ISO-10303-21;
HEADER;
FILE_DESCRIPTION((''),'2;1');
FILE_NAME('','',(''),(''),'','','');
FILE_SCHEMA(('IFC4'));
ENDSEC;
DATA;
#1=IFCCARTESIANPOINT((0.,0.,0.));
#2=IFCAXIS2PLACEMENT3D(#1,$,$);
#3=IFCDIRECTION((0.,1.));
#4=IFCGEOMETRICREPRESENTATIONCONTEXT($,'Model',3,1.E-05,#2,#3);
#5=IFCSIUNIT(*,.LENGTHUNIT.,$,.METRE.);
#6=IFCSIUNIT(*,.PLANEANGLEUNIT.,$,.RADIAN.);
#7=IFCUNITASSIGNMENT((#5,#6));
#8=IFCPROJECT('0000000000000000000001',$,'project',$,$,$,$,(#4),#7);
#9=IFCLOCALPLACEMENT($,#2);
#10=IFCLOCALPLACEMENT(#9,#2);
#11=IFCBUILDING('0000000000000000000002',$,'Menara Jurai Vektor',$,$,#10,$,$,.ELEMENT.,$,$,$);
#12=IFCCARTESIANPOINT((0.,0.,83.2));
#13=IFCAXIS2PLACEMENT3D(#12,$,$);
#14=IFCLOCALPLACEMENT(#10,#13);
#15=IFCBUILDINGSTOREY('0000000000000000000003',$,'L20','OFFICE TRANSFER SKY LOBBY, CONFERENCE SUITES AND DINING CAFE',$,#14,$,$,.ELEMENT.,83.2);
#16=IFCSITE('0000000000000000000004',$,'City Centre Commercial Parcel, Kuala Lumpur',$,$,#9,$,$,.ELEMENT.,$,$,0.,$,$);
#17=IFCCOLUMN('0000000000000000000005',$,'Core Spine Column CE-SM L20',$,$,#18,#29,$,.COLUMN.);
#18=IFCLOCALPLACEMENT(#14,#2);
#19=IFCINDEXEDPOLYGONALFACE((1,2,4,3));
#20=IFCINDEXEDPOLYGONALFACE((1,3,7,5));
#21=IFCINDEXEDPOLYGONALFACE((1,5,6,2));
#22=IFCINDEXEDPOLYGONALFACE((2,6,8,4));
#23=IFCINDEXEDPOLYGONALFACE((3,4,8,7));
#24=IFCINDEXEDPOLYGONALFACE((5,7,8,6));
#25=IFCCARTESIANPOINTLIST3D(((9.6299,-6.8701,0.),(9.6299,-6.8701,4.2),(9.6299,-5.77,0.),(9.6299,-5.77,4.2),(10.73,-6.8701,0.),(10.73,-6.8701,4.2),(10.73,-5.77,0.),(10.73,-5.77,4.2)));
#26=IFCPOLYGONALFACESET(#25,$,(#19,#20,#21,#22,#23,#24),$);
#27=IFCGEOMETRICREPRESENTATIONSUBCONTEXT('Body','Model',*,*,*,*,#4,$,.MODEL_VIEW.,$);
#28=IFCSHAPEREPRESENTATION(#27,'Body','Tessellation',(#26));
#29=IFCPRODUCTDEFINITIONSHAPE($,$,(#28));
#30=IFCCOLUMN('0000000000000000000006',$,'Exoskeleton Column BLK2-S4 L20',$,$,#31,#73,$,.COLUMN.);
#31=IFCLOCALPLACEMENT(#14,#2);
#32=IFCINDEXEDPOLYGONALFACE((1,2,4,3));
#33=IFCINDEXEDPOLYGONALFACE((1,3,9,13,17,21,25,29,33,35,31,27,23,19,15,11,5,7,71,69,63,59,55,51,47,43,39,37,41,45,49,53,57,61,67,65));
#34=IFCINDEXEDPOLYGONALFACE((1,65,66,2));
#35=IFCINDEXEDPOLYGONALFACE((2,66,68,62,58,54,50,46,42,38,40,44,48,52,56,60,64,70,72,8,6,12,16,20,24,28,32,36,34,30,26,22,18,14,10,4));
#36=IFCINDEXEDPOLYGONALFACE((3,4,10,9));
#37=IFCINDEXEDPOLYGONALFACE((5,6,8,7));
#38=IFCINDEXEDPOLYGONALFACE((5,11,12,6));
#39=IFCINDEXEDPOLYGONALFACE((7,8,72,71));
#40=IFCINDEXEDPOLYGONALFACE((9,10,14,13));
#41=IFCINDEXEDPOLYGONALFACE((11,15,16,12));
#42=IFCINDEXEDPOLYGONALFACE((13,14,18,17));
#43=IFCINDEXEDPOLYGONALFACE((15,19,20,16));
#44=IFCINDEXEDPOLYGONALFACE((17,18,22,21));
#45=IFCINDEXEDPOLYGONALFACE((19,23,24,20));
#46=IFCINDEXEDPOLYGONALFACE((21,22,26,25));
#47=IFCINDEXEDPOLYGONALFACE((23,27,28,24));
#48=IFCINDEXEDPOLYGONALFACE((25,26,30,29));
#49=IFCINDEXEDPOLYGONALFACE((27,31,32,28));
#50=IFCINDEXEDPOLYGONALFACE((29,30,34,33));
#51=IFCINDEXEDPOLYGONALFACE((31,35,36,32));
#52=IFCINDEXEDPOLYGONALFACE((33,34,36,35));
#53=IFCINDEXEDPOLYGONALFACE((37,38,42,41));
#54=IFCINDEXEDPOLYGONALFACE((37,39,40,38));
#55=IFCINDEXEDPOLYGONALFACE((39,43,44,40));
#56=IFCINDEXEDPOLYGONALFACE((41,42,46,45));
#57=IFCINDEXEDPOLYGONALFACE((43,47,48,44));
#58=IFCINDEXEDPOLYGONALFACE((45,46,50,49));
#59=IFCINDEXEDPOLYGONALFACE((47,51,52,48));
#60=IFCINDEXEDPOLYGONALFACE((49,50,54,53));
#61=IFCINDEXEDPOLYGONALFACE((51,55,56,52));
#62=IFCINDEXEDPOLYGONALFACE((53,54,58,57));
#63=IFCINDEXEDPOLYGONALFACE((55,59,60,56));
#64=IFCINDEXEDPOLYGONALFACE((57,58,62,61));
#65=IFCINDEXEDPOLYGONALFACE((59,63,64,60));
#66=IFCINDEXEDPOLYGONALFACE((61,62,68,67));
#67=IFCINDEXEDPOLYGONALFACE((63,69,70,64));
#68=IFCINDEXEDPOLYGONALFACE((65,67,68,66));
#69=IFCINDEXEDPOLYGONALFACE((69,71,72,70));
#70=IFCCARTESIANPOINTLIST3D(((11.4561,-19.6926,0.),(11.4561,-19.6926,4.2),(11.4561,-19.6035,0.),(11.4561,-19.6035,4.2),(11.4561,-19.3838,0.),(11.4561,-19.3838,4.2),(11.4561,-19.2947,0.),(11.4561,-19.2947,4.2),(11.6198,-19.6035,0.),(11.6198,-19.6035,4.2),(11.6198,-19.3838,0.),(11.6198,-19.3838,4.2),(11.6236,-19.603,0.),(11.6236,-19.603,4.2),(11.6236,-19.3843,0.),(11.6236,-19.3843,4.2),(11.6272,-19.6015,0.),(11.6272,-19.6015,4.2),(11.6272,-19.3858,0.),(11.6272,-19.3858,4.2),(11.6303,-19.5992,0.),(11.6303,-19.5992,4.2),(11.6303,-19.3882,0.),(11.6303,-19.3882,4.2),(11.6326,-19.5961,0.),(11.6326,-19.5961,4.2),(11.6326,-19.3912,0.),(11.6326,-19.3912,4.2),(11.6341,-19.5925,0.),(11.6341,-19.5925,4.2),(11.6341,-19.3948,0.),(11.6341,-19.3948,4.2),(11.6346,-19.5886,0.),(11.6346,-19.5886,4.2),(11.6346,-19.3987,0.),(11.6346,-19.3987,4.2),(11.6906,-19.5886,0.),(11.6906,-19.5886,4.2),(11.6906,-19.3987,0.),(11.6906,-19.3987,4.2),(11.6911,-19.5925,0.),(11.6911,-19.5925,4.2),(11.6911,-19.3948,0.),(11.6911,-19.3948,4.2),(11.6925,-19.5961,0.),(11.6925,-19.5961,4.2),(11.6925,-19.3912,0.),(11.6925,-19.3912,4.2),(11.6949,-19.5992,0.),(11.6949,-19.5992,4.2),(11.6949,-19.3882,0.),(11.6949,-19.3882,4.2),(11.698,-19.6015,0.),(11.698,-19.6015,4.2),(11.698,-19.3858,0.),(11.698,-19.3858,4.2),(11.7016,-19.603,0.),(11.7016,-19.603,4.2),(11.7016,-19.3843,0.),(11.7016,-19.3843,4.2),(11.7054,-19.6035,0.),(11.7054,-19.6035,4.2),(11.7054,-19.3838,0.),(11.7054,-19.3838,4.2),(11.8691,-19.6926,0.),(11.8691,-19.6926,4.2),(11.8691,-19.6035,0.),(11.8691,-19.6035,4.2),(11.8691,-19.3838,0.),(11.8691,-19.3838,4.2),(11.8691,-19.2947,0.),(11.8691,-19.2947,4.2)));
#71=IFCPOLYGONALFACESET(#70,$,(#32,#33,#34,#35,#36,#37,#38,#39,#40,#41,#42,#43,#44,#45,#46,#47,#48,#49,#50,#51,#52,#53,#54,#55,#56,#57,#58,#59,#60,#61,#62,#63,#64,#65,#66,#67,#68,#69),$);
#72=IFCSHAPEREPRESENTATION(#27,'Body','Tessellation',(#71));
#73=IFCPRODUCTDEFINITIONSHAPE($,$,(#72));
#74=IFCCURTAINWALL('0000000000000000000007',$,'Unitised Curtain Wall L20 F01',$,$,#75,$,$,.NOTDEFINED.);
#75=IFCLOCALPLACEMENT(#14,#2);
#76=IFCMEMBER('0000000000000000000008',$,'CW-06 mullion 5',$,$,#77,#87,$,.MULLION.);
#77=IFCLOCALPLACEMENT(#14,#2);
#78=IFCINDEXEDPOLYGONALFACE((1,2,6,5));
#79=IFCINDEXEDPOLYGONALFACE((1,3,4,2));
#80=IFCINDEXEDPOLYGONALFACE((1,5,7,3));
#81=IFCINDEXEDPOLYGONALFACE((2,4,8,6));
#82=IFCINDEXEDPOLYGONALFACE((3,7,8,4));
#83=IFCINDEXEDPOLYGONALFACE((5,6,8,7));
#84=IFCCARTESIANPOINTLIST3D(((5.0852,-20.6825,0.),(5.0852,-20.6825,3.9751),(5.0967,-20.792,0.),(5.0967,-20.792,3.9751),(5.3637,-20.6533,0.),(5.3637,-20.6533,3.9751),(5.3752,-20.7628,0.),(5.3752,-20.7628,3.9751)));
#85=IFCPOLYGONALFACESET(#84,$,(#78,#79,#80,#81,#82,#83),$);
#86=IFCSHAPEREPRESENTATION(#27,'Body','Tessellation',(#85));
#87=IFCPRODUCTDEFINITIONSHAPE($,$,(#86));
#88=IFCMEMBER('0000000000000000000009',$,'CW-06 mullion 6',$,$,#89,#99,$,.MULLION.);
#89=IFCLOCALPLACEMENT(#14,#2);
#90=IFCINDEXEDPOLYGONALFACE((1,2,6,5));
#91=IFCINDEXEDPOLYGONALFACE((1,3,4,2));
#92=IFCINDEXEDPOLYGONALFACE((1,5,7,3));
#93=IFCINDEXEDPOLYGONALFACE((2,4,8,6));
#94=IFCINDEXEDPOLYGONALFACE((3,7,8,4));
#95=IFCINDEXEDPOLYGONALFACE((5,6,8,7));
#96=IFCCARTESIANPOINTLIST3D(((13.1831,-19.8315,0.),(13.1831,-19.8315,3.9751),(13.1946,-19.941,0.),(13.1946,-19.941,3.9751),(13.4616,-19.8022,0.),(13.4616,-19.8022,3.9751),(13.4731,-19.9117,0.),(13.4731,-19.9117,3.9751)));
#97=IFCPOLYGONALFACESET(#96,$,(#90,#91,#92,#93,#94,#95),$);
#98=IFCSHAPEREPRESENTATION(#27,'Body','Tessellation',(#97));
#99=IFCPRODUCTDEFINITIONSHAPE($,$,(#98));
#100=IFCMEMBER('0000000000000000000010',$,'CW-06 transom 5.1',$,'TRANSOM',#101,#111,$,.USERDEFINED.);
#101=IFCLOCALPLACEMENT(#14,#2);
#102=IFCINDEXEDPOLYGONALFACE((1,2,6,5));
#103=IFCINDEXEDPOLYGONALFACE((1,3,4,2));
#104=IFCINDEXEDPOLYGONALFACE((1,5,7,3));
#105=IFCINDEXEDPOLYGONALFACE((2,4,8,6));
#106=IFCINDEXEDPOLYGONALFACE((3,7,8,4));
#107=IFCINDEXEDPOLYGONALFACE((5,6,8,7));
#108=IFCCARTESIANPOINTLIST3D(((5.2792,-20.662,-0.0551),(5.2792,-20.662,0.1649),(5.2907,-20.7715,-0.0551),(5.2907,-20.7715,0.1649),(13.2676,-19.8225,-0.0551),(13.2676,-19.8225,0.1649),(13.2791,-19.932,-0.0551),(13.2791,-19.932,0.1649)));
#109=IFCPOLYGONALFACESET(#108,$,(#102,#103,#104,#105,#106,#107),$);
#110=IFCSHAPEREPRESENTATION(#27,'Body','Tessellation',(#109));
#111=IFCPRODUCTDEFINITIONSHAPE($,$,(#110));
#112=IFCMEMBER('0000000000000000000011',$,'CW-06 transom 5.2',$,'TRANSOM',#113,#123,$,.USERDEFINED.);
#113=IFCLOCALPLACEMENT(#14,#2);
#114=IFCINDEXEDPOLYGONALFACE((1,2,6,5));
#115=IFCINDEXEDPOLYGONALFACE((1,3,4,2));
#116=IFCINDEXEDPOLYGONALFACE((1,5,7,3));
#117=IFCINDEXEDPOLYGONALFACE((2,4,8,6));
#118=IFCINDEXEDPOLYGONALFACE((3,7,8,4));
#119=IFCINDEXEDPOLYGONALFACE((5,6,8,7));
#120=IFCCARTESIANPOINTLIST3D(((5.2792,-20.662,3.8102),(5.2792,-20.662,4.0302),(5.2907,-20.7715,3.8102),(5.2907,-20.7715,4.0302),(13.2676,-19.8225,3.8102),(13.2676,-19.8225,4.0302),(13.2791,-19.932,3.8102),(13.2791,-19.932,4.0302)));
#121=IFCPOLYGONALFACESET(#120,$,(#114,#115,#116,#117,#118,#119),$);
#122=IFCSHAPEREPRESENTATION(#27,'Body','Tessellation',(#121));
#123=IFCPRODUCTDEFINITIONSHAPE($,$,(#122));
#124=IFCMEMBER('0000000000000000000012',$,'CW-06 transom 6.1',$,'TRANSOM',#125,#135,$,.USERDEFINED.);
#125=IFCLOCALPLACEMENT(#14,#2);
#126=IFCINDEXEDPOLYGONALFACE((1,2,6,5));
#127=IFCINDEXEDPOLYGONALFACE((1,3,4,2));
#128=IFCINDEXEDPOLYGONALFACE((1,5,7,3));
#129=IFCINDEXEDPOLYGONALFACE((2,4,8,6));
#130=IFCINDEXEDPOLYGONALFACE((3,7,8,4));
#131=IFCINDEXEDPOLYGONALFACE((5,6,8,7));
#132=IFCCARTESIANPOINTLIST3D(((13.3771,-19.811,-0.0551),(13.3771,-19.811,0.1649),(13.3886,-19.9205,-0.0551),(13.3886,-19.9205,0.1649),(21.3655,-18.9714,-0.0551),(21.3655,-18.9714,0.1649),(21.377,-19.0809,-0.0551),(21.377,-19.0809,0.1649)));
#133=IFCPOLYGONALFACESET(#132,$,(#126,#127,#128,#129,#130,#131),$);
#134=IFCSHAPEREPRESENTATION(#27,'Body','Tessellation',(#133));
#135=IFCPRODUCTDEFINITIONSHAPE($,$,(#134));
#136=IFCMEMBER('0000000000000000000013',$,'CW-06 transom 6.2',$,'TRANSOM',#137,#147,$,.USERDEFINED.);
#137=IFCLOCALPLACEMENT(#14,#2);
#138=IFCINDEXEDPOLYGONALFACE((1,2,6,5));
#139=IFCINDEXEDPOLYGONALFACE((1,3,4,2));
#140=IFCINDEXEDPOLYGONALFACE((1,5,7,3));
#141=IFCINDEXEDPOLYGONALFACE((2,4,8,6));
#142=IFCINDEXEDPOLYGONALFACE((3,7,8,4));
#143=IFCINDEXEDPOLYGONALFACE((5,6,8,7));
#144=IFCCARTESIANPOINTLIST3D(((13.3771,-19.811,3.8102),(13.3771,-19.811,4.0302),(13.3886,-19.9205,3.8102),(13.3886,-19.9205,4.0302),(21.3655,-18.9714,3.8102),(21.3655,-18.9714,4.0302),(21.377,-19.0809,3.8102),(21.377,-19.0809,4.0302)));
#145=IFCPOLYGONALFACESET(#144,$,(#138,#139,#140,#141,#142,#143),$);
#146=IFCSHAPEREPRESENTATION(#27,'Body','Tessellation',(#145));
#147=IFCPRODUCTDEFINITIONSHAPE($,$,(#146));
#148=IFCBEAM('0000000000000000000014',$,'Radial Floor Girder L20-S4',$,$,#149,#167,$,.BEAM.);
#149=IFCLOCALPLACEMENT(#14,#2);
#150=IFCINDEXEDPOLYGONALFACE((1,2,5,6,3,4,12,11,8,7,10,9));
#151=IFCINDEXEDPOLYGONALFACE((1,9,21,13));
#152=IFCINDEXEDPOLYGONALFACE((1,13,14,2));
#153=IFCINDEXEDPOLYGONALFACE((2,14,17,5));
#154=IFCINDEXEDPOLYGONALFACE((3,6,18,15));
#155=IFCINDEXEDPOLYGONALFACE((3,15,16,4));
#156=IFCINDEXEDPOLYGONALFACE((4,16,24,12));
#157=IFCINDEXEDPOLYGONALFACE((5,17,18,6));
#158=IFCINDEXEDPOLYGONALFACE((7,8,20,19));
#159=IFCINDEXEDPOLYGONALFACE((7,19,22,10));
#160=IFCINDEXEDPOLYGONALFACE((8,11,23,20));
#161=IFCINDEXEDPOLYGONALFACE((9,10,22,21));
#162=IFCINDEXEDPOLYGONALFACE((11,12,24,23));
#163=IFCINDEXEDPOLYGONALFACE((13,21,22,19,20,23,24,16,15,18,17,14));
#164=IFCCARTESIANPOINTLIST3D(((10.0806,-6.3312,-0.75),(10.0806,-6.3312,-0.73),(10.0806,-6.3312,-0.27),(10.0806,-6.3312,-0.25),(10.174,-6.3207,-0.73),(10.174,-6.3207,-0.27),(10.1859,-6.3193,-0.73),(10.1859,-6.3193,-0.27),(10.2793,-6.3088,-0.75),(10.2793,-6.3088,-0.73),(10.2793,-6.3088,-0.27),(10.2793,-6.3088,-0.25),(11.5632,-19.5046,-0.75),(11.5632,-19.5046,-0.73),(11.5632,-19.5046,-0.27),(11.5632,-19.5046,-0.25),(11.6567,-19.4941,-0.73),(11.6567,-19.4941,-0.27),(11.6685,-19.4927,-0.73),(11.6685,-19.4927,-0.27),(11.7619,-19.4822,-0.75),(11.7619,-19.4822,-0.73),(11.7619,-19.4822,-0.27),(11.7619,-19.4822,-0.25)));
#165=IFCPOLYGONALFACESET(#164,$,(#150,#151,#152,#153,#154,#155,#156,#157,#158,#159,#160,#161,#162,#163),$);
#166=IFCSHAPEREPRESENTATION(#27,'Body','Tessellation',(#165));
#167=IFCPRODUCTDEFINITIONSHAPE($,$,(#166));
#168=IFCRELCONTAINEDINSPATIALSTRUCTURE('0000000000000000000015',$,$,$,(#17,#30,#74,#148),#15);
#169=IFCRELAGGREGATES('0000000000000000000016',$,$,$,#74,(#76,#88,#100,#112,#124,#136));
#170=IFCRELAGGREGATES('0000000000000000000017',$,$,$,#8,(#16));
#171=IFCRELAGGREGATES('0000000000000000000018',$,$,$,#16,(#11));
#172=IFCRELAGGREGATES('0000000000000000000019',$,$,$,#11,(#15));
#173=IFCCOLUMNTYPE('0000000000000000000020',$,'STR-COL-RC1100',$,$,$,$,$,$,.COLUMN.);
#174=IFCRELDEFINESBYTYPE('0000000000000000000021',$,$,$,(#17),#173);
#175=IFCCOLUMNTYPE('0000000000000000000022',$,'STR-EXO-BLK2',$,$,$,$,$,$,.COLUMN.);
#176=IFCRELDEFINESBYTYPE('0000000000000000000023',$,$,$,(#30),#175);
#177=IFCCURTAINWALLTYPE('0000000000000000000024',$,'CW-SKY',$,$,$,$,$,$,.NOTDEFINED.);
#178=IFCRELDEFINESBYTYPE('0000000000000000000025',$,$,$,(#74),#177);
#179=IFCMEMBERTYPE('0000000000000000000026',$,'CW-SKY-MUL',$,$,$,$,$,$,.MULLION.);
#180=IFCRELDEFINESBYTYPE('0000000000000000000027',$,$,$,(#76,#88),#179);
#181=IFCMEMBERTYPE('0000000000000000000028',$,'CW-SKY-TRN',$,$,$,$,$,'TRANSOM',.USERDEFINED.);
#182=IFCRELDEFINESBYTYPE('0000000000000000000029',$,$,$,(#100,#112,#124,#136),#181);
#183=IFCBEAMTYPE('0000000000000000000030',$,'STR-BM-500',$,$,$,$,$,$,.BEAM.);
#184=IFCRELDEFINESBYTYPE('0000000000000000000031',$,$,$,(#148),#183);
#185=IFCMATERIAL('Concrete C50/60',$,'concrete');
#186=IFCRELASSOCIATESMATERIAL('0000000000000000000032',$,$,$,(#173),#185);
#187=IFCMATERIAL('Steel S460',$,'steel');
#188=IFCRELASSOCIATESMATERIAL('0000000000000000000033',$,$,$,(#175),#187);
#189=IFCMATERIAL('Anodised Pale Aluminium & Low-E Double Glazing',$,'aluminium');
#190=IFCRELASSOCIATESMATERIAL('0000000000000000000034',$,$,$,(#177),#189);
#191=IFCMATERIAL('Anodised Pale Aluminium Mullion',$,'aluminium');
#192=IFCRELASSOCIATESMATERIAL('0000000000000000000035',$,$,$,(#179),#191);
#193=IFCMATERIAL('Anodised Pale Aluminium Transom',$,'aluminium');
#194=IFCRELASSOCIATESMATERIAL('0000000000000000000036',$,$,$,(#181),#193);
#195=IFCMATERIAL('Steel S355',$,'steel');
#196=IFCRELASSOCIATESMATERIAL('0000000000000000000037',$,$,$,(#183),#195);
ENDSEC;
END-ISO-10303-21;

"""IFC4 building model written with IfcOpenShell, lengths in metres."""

from ifc_helpers import new_model, si_unit, direction, frame, origin, origin_2d, place, context, subcontext, project, spatial, rectangle, i_section, extrude, material, material_profile, profile_set, type_object, element, aggregate, save


model = new_model("IFC4")

# Units and contexts
model_context = context("Model", 3, precision=1e-05, world=origin(), true_north=direction((0.0, 1.0)))
body_context = subcontext(model_context, "Body", "Model", "MODEL_VIEW")
ifc_project = project(units=[si_unit("LENGTHUNIT", "METRE"), si_unit("PLANEANGLEUNIT", "RADIAN")], contexts=[model_context])

# Site, building, storey
site_placement = place(None, origin())
site = spatial("IfcSite", under=ifc_project, at=site_placement, Name="City Centre Commercial Parcel, Kuala Lumpur", CompositionType="ELEMENT", RefElevation=0.0)
building_placement = place(site_placement, origin())
building = spatial("IfcBuilding", under=site, at=building_placement, Name="Menara Jurai Vektor", CompositionType="ELEMENT")
storey_placement = place(building_placement, frame((0.0, 0.0, 83.2)))
storey = spatial("IfcBuildingStorey", under=building, at=storey_placement, Name="L20", Description="OFFICE TRANSFER SKY LOBBY, CONFERENCE SUITES AND DINING CAFE", CompositionType="ELEMENT", Elevation=83.2)

# Columns
ifc_material_1 = material(Name="Concrete C50/60", Category="concrete")
ifc_material_profile_1 = material_profile(ifc_material_1, rectangle(XDim=1.1001, YDim=1.1001, at=origin_2d()), Name="RC 1100x1100")
ifc_profile_set_1 = profile_set([ifc_material_profile_1], Name="Concrete C50/60")
column_type_1 = type_object("IfcColumnType", Name="STR-COL-RC1100", PredefinedType="COLUMN", material=ifc_profile_set_1)
column_1_placement = place(storey_placement, frame((10.1799, -6.3201, 0.0), z_axis=(0.0, 0.0, 1.0), x_axis=(1.0, 0.0, 0.0)))
element("IfcColumn", 1, at=column_1_placement, inside=storey, type_object=column_type_1, Name="Core Spine Column CE-SM L20", PredefinedType="COLUMN", context=body_context, shape_type="SweptSolid", body=[
    extrude(rectangle(XDim=1.1001, YDim=1.1001, at=origin_2d()), origin(), (0.0, 0.0, 1.0), 4.2),
])
ifc_material_2 = material(Name="Steel S460", Category="steel")
ifc_material_profile_2 = material_profile(ifc_material_2, i_section(OverallWidth=0.4131, OverallDepth=0.3979, WebThickness=0.0559, FlangeThickness=0.0891, FilletRadius=0.0149, at=origin_2d()), Name="HD 400x744")
ifc_profile_set_2 = profile_set([ifc_material_profile_2], Name="Steel S460")
column_type_2 = type_object("IfcColumnType", Name="STR-EXO-BLK2", PredefinedType="COLUMN", material=ifc_profile_set_2)
column_2_placement = place(storey_placement, frame((11.6626, -19.4937, 0.0), z_axis=(0.0, 0.0, 1.0), x_axis=(1.0, 0.0, 0.0)))
element("IfcColumn", 2, at=column_2_placement, inside=storey, type_object=column_type_2, Name="Exoskeleton Column BLK2-S4 L20", PredefinedType="COLUMN", context=body_context, shape_type="SweptSolid", body=[
    extrude(i_section(OverallWidth=0.4131, OverallDepth=0.3979, WebThickness=0.0559, FlangeThickness=0.0891, FilletRadius=0.0149, at=origin_2d()), origin(), (0.0, 0.0, 1.0), 4.2),
])

# Curtain wall, members
ifc_material_3 = material(Name="Anodised Pale Aluminium & Low-E Double Glazing", Category="aluminium")
curtain_wall_type = type_object("IfcCurtainWallType", Name="CW-SKY", PredefinedType="NOTDEFINED", material=ifc_material_3)
curtain_wall_placement = place(storey_placement, origin())
curtain_wall = element("IfcCurtainWall", 3, at=curtain_wall_placement, inside=storey, type_object=curtain_wall_type, Name="Unitised Curtain Wall L20 F01", PredefinedType="NOTDEFINED")
ifc_material_4 = material(Name="Anodised Pale Aluminium Mullion", Category="aluminium")
ifc_material_profile_3 = material_profile(ifc_material_4, rectangle(XDim=0.1101, YDim=0.28, at=origin_2d()), Name="ALU MUL 110x280")
ifc_profile_set_3 = profile_set([ifc_material_profile_3], Name="Anodised Pale Aluminium Mullion")
member_type_1 = type_object("IfcMemberType", Name="CW-SKY-MUL", PredefinedType="MULLION", material=ifc_profile_set_3)
member_1_placement = place(storey_placement, frame((5.2302, -20.7227, 0.0), z_axis=(0.0, 0.0, 1.0), x_axis=(-0.104529, 0.994522, 0.0)))
member_1 = element("IfcMember", 4, at=member_1_placement, type_object=member_type_1, Name="CW-06 mullion 5", PredefinedType="MULLION", context=body_context, shape_type="SweptSolid", body=[
    extrude(rectangle(XDim=0.1101, YDim=0.28, at=origin_2d()), origin(), (0.0, 0.0, 1.0), 3.9751),
])
member_2_placement = place(storey_placement, frame((13.3281, -19.8716, 0.0), z_axis=(0.0, 0.0, 1.0), x_axis=(-0.104529, 0.994522, 0.0)))
member_2 = element("IfcMember", 5, at=member_2_placement, type_object=member_type_1, Name="CW-06 mullion 6", PredefinedType="MULLION", context=body_context, shape_type="SweptSolid", body=[
    extrude(rectangle(XDim=0.1101, YDim=0.28, at=origin_2d()), origin(), (0.0, 0.0, 1.0), 3.9751),
])
ifc_material_5 = material(Name="Anodised Pale Aluminium Transom", Category="aluminium")
ifc_material_profile_4 = material_profile(ifc_material_5, rectangle(XDim=0.1101, YDim=0.22, at=origin_2d()), Name="ALU TRN 110x220")
ifc_profile_set_4 = profile_set([ifc_material_profile_4], Name="Anodised Pale Aluminium Transom")
member_type_2 = type_object("IfcMemberType", Name="CW-SKY-TRN", ElementType="TRANSOM", PredefinedType="USERDEFINED", material=ifc_profile_set_4)
member_3_placement = place(storey_placement, frame((5.2849, -20.7168, 0.0549), z_axis=(0.994522, 0.104525, 0.0), x_axis=(-0.104525, 0.994522, 0.0)))
member_3 = element("IfcMember", 6, at=member_3_placement, type_object=member_type_2, Name="CW-06 transom 5.1", ObjectType="TRANSOM", PredefinedType="USERDEFINED", context=body_context, shape_type="SweptSolid", body=[
    extrude(rectangle(XDim=0.1101, YDim=0.22, at=origin_2d()), origin(), (0.0, 0.0, 1.0), 8.0325),
])
member_4_placement = place(storey_placement, frame((5.2849, -20.7168, 3.9202), z_axis=(0.994522, 0.104525, 0.0), x_axis=(-0.104525, 0.994522, 0.0)))
member_4 = element("IfcMember", 7, at=member_4_placement, type_object=member_type_2, Name="CW-06 transom 5.2", ObjectType="TRANSOM", PredefinedType="USERDEFINED", context=body_context, shape_type="SweptSolid", body=[
    extrude(rectangle(XDim=0.1101, YDim=0.22, at=origin_2d()), origin(), (0.0, 0.0, 1.0), 8.0325),
])
member_5_placement = place(storey_placement, frame((13.3828, -19.8657, 0.0549), z_axis=(0.994522, 0.104525, 0.0), x_axis=(-0.104525, 0.994522, 0.0)))
member_5 = element("IfcMember", 8, at=member_5_placement, type_object=member_type_2, Name="CW-06 transom 6.1", ObjectType="TRANSOM", PredefinedType="USERDEFINED", context=body_context, shape_type="SweptSolid", body=[
    extrude(rectangle(XDim=0.1101, YDim=0.22, at=origin_2d()), origin(), (0.0, 0.0, 1.0), 8.0325),
])
member_6_placement = place(storey_placement, frame((13.3828, -19.8657, 3.9202), z_axis=(0.994522, 0.104525, 0.0), x_axis=(-0.104525, 0.994522, 0.0)))
member_6 = element("IfcMember", 9, at=member_6_placement, type_object=member_type_2, Name="CW-06 transom 6.2", ObjectType="TRANSOM", PredefinedType="USERDEFINED", context=body_context, shape_type="SweptSolid", body=[
    extrude(rectangle(XDim=0.1101, YDim=0.22, at=origin_2d()), origin(), (0.0, 0.0, 1.0), 8.0325),
])

# Beam
ifc_material_6 = material(Name="Steel S355", Category="steel")
ifc_material_profile_5 = material_profile(ifc_material_6, i_section(OverallWidth=0.2, OverallDepth=0.5, WebThickness=0.012, FlangeThickness=0.02, at=origin_2d()), Name="PG 500x200x96")
ifc_profile_set_5 = profile_set([ifc_material_profile_5], Name="Steel S355")
beam_type_1 = type_object("IfcBeamType", Name="STR-BM-500", PredefinedType="BEAM", material=ifc_profile_set_5)
beam_1_placement = place(storey_placement, frame((11.6626, -19.4934, -0.5), z_axis=(-0.111844, 0.993726, 0.0), x_axis=(-0.993726, -0.111844, 0.0)))
element("IfcBeam", 10, at=beam_1_placement, inside=storey, type_object=beam_type_1, Name="Radial Floor Girder L20-S4", PredefinedType="BEAM", context=body_context, shape_type="SweptSolid", body=[
    extrude(i_section(OverallWidth=0.2, OverallDepth=0.5, WebThickness=0.012, FlangeThickness=0.02, at=origin_2d()), origin(), (0.0, 0.0, 1.0), 13.2566),
])

aggregate(curtain_wall, [member_1, member_2, member_3, member_4, member_5, member_6])

save(model, "model.ifc")
